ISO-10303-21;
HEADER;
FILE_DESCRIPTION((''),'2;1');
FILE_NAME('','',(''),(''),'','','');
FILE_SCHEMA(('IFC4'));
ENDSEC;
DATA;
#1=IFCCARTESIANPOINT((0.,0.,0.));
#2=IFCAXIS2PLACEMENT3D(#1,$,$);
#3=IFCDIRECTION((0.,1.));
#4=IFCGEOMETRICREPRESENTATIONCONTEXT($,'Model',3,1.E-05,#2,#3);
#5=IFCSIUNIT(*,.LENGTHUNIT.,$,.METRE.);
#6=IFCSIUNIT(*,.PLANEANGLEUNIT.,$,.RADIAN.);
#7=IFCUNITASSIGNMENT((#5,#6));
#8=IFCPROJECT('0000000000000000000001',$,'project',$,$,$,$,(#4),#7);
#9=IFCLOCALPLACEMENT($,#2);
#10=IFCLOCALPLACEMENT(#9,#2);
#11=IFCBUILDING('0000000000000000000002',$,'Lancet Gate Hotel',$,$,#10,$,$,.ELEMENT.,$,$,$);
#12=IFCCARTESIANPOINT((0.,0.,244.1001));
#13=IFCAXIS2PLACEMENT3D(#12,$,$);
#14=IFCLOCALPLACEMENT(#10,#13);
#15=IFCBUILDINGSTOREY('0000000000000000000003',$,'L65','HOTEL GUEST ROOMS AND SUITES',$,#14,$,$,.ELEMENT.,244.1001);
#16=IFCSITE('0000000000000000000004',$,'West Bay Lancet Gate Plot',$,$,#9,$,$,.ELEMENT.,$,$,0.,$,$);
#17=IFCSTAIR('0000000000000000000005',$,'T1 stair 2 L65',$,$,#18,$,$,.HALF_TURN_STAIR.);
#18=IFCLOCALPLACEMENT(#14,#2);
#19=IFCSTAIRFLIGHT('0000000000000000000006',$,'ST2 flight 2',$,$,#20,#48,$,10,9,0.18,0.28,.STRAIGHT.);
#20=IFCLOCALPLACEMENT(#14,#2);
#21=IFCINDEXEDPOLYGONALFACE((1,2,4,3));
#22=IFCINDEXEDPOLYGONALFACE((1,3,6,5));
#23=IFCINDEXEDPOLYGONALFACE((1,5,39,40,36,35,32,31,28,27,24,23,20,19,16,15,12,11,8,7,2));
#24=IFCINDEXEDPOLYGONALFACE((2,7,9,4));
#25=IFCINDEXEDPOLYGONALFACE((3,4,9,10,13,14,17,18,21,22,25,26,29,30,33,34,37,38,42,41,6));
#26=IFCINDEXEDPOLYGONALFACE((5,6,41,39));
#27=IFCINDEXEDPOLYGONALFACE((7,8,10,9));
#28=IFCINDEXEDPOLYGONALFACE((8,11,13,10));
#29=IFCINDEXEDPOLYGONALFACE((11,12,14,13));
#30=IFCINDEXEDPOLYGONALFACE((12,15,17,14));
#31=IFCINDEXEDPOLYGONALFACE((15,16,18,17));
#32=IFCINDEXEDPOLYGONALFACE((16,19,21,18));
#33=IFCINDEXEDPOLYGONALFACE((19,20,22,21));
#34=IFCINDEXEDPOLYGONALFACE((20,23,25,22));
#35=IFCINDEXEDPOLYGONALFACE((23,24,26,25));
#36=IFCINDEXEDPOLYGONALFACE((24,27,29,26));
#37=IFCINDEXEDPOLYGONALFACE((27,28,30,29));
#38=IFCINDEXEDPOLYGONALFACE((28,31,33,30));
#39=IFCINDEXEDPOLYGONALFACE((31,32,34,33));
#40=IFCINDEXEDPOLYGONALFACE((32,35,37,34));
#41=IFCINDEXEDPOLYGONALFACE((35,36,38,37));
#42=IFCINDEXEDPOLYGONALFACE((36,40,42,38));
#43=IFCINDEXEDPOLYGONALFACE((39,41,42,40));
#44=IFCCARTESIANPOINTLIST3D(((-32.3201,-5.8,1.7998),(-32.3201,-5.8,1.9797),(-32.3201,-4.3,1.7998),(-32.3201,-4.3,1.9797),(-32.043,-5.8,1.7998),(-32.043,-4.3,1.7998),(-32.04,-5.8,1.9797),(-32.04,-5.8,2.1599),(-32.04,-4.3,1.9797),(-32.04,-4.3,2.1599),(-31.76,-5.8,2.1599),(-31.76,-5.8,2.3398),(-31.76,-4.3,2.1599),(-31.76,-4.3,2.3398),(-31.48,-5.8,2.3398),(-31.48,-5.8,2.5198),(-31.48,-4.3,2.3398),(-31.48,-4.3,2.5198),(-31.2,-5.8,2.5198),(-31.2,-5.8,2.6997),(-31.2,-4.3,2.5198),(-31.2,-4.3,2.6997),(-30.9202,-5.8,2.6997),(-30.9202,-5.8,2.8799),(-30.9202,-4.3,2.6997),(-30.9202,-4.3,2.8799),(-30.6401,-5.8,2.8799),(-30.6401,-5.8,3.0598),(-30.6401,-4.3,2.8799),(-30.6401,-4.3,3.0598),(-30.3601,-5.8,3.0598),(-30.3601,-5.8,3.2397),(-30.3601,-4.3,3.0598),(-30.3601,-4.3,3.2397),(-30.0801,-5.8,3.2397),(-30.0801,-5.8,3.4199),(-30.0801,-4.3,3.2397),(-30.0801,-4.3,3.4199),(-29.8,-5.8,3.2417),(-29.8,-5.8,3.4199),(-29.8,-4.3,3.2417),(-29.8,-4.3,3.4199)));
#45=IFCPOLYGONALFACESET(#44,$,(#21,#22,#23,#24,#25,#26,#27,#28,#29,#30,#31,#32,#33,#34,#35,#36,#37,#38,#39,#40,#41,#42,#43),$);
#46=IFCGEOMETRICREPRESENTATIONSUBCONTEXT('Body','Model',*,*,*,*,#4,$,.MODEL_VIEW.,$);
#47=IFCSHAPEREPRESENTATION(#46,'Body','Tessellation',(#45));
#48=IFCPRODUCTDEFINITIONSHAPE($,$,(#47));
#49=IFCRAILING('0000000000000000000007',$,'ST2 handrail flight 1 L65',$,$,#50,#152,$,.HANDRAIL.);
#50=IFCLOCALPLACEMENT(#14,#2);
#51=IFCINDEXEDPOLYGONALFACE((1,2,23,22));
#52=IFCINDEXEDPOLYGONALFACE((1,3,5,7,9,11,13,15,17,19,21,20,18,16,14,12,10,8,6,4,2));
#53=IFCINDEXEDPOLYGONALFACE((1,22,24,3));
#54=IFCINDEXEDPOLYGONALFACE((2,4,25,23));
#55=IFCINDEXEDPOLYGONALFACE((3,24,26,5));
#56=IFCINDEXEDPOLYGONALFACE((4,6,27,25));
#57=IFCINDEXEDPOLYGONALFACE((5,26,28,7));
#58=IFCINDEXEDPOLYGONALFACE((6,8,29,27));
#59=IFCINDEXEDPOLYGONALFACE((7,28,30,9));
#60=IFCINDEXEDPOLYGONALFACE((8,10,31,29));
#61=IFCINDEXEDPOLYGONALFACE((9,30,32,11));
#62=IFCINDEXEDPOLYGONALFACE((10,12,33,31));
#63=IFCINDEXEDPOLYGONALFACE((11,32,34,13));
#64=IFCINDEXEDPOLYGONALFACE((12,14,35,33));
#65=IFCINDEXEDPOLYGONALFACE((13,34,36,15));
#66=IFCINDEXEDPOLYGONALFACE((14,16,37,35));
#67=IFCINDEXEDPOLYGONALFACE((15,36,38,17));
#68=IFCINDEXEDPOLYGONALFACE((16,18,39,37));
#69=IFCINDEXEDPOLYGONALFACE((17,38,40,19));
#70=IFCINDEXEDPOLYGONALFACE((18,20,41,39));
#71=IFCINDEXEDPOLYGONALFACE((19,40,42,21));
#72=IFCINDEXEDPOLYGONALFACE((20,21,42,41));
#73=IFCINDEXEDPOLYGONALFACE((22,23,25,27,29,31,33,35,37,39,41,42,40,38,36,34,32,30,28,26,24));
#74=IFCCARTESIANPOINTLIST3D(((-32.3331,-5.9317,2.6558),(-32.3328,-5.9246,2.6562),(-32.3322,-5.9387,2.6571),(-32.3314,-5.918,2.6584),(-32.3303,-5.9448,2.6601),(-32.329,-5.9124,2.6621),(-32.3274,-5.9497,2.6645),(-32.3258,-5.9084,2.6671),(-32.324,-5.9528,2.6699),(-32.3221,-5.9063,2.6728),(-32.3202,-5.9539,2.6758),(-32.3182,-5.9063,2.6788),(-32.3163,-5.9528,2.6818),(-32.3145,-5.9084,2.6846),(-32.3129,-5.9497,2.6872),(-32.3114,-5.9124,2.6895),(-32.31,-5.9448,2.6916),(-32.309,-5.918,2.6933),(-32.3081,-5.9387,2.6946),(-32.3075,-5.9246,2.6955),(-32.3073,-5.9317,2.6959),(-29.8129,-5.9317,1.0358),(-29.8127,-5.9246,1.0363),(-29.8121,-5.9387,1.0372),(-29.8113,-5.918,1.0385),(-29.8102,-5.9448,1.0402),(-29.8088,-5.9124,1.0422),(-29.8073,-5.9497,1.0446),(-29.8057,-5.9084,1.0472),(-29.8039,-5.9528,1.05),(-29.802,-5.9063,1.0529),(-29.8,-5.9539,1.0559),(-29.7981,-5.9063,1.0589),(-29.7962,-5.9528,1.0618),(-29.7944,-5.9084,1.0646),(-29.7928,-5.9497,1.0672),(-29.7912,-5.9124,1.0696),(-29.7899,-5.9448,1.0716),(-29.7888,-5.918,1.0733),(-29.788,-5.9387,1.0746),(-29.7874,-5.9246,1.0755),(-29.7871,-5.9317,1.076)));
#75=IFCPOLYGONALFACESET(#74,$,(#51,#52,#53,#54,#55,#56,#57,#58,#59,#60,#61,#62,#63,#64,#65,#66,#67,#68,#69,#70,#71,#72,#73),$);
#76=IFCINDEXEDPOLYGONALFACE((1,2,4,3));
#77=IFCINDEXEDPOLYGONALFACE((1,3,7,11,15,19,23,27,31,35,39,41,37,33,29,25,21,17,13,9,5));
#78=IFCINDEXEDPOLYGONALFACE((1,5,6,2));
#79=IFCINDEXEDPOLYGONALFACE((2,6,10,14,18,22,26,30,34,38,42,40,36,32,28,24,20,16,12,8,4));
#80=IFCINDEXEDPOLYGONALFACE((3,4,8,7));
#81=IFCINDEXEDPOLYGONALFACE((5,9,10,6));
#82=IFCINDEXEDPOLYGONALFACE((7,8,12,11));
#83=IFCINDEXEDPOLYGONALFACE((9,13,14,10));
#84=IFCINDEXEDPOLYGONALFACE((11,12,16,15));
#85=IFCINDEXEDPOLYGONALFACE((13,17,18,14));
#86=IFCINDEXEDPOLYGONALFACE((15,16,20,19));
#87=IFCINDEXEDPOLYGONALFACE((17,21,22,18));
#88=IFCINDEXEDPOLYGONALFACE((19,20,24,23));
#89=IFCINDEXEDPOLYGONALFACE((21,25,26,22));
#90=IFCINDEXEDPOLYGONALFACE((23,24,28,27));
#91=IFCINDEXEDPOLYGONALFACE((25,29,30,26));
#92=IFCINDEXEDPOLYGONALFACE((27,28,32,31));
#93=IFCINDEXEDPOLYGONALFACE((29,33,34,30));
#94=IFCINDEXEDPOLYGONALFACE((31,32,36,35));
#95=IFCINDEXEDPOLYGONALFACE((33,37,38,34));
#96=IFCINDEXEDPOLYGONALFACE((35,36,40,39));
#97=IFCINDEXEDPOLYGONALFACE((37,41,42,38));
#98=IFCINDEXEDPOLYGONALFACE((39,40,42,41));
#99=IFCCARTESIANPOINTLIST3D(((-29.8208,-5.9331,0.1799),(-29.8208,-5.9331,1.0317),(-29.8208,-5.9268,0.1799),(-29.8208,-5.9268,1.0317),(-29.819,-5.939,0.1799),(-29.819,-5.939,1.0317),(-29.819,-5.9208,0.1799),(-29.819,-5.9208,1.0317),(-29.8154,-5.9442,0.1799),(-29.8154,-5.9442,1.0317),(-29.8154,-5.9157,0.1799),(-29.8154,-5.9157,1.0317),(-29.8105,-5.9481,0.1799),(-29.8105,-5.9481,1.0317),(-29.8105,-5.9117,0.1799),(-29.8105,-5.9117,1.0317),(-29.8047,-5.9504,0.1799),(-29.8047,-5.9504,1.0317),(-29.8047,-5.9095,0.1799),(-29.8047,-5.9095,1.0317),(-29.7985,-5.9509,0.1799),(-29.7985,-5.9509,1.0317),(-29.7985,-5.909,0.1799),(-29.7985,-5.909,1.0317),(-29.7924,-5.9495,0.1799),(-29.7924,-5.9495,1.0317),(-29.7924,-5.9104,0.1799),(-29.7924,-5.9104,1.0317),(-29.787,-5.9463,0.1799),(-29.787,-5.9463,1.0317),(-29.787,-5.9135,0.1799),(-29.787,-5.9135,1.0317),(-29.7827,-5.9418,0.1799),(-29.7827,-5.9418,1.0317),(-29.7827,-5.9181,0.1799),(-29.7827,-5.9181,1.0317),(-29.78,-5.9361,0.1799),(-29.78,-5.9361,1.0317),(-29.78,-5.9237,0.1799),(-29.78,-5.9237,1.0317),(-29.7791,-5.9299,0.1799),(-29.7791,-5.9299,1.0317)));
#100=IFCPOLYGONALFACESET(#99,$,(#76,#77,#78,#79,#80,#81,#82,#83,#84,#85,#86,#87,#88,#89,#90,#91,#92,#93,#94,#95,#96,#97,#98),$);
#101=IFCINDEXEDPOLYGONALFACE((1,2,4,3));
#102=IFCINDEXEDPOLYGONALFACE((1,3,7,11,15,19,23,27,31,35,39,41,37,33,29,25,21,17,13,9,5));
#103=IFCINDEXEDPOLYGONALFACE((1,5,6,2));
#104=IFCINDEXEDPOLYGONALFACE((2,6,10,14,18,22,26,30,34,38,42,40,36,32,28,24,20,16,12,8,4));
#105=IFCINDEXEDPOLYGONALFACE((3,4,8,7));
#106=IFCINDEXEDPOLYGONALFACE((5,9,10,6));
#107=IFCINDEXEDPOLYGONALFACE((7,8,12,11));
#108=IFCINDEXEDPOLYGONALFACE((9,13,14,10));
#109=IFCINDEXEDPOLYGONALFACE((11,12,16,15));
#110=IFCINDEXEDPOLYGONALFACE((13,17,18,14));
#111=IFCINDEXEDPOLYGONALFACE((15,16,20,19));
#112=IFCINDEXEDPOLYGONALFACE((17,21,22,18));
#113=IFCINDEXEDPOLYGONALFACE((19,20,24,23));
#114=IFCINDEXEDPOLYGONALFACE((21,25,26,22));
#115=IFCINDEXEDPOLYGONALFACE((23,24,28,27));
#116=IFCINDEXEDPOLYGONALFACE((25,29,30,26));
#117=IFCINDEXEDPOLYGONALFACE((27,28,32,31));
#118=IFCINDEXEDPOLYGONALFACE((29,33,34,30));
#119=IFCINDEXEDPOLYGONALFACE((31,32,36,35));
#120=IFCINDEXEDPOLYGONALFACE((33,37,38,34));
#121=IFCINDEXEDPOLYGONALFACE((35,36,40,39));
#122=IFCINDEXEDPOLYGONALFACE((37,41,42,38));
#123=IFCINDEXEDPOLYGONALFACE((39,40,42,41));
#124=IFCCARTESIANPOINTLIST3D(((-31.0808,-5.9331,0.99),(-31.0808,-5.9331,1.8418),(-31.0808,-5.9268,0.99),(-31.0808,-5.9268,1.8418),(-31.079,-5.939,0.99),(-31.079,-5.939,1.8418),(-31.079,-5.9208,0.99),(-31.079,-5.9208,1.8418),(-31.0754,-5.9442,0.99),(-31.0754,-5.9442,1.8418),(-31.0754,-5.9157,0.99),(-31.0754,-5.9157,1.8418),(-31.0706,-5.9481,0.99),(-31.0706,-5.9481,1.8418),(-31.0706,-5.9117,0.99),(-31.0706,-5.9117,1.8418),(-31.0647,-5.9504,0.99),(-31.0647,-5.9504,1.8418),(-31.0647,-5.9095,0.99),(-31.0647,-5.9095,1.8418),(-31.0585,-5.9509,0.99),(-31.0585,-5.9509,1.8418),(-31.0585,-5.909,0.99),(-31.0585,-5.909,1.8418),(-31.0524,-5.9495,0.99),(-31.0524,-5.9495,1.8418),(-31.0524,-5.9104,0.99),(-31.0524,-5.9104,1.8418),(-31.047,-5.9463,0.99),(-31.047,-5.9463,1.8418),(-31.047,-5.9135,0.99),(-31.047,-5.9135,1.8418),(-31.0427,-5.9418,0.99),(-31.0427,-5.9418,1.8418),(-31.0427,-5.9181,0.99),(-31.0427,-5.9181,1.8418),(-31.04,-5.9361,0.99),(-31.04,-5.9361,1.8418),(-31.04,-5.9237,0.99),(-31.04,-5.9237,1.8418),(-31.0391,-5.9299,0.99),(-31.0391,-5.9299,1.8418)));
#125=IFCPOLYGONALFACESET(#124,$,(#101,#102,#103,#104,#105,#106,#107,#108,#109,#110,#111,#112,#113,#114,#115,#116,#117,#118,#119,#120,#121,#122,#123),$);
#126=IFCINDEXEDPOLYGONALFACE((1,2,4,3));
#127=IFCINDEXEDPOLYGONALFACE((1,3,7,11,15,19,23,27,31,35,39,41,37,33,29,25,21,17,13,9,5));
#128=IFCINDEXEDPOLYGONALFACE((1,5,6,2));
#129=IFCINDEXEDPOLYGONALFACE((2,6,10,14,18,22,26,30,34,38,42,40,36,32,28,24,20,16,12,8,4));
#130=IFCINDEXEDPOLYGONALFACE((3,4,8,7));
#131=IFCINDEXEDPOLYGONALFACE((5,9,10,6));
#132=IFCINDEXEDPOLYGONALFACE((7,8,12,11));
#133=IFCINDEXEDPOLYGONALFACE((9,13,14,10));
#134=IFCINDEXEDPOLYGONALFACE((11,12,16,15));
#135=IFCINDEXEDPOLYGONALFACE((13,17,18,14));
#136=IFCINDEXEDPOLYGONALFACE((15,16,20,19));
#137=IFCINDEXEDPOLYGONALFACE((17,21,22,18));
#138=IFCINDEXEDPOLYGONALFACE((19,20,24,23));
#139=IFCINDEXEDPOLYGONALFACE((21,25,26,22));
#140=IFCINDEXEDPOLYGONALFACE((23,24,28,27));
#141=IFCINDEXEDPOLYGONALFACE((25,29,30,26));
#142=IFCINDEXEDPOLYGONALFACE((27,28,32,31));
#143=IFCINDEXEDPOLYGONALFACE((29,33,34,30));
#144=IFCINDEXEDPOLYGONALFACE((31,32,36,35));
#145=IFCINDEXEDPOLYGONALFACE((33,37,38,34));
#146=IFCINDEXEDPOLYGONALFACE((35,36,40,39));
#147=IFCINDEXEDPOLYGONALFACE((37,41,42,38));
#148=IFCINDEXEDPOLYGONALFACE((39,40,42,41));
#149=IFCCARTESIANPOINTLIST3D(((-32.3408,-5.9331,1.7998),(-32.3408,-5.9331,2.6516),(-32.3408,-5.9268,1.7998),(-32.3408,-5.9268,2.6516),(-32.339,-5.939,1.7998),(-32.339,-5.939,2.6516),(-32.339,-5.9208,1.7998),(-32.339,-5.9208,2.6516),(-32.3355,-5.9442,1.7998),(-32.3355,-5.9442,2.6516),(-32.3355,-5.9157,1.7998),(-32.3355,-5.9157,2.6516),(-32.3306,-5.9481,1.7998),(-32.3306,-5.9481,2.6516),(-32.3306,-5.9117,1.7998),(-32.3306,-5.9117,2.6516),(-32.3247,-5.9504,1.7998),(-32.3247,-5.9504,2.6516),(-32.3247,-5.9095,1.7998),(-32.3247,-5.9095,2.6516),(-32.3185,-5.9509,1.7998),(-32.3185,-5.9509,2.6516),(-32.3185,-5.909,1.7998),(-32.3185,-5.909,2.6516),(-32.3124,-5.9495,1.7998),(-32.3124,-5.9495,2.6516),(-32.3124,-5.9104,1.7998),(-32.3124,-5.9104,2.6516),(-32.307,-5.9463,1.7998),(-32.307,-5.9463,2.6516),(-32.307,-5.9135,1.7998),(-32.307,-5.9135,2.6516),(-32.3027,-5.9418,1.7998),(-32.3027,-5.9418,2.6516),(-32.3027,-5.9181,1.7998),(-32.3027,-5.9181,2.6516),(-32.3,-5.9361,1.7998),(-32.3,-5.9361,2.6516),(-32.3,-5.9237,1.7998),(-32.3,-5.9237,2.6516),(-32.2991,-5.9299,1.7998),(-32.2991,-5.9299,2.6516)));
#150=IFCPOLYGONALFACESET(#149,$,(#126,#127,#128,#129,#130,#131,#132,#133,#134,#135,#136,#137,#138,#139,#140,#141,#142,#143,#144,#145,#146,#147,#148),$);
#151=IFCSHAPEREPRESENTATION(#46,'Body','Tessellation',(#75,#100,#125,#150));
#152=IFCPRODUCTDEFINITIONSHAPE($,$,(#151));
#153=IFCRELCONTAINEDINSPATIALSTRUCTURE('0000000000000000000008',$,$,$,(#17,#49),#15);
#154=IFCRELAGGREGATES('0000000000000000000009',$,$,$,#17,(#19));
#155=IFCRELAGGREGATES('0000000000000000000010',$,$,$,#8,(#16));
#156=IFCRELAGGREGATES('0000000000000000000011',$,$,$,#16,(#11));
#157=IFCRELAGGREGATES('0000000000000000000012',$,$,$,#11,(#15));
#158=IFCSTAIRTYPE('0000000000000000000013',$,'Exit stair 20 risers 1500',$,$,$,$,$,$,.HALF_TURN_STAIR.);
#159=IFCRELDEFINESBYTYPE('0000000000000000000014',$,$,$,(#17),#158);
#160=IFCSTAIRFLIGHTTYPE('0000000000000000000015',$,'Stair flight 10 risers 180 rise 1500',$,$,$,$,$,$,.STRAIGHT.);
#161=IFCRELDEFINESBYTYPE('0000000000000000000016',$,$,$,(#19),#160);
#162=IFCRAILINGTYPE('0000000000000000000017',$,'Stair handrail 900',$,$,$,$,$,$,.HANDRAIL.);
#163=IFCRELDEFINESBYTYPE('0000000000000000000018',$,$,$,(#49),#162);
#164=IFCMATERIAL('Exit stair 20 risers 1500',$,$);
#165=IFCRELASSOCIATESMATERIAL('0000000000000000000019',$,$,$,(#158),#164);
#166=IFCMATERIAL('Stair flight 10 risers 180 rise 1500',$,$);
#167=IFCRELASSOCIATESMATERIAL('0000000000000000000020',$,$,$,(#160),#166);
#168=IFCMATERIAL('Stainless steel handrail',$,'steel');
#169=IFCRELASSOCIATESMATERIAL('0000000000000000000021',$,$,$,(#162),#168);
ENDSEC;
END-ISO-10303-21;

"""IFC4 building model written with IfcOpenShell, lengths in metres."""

from ifc_helpers import new_model, si_unit, direction, frame, origin, origin_2d, place, context, subcontext, project, spatial, polyline, circle, outline, extrude, material, type_object, element, aggregate, save


model = new_model("IFC4")

# Units and contexts
model_context = context("Model", 3, precision=1e-05, world=origin(), true_north=direction((0.0, 1.0)))
body_context = subcontext(model_context, "Body", "Model", "MODEL_VIEW")
ifc_project = project(units=[si_unit("LENGTHUNIT", "METRE"), si_unit("PLANEANGLEUNIT", "RADIAN")], contexts=[model_context])

# Site, building, storey
site_placement = place(None, origin())
site = spatial("IfcSite", under=ifc_project, at=site_placement, Name="West Bay Lancet Gate Plot", CompositionType="ELEMENT", RefElevation=0.0)
building_placement = place(site_placement, origin())
building = spatial("IfcBuilding", under=site, at=building_placement, Name="Lancet Gate Hotel", CompositionType="ELEMENT")
storey_placement = place(building_placement, frame((0.0, 0.0, 244.1001)))
storey = spatial("IfcBuildingStorey", under=building, at=storey_placement, Name="L65", Description="HOTEL GUEST ROOMS AND SUITES", CompositionType="ELEMENT", Elevation=244.1001)

# Stair, stair flight
ifc_material_1 = material(Name="Exit stair 20 risers 1500")
stair_type = type_object("IfcStairType", Name="Exit stair 20 risers 1500", PredefinedType="HALF_TURN_STAIR", material=ifc_material_1)
stair_placement = place(storey_placement, origin())
stair = element("IfcStair", 1, at=stair_placement, inside=storey, type_object=stair_type, Name="T1 stair 2 L65", PredefinedType="HALF_TURN_STAIR")
ifc_material_2 = material(Name="Stair flight 10 risers 180 rise 1500")
stair_flight_type = type_object("IfcStairFlightType", Name="Stair flight 10 risers 180 rise 1500", PredefinedType="STRAIGHT", material=ifc_material_2)
stair_flight_1_placement = place(storey_placement, frame((-32.3201, -5.05, 1.7998), z_axis=(0.0, 0.0, 1.0), x_axis=(1.0, 0.0, 0.0)))
stair_flight_1 = element("IfcStairFlight", 2, at=stair_flight_1_placement, type_object=stair_flight_type, Name="ST2 flight 2", NumberOfRisers=10, NumberOfTreads=9, PredefinedType="STRAIGHT", RiserHeight=0.18, TreadLength=0.28, context=body_context, shape_type="SweptSolid", body=[
    extrude(outline(polyline([(0.0, 0.0), (0.0, 0.1799), (0.28, 0.1799), (0.28, 0.3601), (0.5601, 0.3601), (0.5601, 0.54), (0.8401, 0.54), (0.8401, 0.72), (1.1201, 0.72), (1.1201, 0.8999), (1.3999, 0.8999), (1.3999, 1.0801), (1.6799, 1.0801), (1.6799, 1.26), (1.96, 1.26), (1.96, 1.4399), (2.24, 1.4399), (2.24, 1.6201), (2.52, 1.6201), (2.52, 1.8), (2.52, 1.4419), (0.2771, 0.0), (0.0, 0.0)])), frame((0.0, 0.75, 0.0), z_axis=(0.0, -1.0, 0.0), x_axis=(1.0, 0.0, 0.0)), (0.0, 0.0, 1.0), 1.5),
])
aggregate(stair, [stair_flight_1])

# Railing
ifc_material_3 = material(Name="Stainless steel handrail", Category="steel")
railing_type = type_object("IfcRailingType", Name="Stair handrail 900", PredefinedType="HANDRAIL", material=ifc_material_3)
railing_1_placement = place(storey_placement, frame((-29.8, -5.9299, 0.1799)))
element("IfcRailing", 3, at=railing_1_placement, inside=storey, type_object=railing_type, Name="ST2 handrail flight 1 L65", PredefinedType="HANDRAIL", context=body_context, shape_type="SweptSolid", body=[
    extrude(circle(Radius=0.0239, at=origin_2d()), frame((0.0, 0.0, 0.876), z_axis=(-0.8412, 0.0, 0.540725), x_axis=(0.0, -1.0, 0.0)), (0.0, 0.0, 1.0), 2.9958),
    extrude(circle(Radius=0.021, at=origin_2d()), origin(), (0.0, 0.0, 1.0), 0.8518),
    extrude(circle(Radius=0.021, at=origin_2d()), frame((-1.26, 0.0, 0.8101)), (0.0, 0.0, 1.0), 0.8518),
    extrude(circle(Radius=0.021, at=origin_2d()), frame((-2.52, 0.0, 1.6199)), (0.0, 0.0, 1.0), 0.8518),
])

save(model, "model.ifc")
